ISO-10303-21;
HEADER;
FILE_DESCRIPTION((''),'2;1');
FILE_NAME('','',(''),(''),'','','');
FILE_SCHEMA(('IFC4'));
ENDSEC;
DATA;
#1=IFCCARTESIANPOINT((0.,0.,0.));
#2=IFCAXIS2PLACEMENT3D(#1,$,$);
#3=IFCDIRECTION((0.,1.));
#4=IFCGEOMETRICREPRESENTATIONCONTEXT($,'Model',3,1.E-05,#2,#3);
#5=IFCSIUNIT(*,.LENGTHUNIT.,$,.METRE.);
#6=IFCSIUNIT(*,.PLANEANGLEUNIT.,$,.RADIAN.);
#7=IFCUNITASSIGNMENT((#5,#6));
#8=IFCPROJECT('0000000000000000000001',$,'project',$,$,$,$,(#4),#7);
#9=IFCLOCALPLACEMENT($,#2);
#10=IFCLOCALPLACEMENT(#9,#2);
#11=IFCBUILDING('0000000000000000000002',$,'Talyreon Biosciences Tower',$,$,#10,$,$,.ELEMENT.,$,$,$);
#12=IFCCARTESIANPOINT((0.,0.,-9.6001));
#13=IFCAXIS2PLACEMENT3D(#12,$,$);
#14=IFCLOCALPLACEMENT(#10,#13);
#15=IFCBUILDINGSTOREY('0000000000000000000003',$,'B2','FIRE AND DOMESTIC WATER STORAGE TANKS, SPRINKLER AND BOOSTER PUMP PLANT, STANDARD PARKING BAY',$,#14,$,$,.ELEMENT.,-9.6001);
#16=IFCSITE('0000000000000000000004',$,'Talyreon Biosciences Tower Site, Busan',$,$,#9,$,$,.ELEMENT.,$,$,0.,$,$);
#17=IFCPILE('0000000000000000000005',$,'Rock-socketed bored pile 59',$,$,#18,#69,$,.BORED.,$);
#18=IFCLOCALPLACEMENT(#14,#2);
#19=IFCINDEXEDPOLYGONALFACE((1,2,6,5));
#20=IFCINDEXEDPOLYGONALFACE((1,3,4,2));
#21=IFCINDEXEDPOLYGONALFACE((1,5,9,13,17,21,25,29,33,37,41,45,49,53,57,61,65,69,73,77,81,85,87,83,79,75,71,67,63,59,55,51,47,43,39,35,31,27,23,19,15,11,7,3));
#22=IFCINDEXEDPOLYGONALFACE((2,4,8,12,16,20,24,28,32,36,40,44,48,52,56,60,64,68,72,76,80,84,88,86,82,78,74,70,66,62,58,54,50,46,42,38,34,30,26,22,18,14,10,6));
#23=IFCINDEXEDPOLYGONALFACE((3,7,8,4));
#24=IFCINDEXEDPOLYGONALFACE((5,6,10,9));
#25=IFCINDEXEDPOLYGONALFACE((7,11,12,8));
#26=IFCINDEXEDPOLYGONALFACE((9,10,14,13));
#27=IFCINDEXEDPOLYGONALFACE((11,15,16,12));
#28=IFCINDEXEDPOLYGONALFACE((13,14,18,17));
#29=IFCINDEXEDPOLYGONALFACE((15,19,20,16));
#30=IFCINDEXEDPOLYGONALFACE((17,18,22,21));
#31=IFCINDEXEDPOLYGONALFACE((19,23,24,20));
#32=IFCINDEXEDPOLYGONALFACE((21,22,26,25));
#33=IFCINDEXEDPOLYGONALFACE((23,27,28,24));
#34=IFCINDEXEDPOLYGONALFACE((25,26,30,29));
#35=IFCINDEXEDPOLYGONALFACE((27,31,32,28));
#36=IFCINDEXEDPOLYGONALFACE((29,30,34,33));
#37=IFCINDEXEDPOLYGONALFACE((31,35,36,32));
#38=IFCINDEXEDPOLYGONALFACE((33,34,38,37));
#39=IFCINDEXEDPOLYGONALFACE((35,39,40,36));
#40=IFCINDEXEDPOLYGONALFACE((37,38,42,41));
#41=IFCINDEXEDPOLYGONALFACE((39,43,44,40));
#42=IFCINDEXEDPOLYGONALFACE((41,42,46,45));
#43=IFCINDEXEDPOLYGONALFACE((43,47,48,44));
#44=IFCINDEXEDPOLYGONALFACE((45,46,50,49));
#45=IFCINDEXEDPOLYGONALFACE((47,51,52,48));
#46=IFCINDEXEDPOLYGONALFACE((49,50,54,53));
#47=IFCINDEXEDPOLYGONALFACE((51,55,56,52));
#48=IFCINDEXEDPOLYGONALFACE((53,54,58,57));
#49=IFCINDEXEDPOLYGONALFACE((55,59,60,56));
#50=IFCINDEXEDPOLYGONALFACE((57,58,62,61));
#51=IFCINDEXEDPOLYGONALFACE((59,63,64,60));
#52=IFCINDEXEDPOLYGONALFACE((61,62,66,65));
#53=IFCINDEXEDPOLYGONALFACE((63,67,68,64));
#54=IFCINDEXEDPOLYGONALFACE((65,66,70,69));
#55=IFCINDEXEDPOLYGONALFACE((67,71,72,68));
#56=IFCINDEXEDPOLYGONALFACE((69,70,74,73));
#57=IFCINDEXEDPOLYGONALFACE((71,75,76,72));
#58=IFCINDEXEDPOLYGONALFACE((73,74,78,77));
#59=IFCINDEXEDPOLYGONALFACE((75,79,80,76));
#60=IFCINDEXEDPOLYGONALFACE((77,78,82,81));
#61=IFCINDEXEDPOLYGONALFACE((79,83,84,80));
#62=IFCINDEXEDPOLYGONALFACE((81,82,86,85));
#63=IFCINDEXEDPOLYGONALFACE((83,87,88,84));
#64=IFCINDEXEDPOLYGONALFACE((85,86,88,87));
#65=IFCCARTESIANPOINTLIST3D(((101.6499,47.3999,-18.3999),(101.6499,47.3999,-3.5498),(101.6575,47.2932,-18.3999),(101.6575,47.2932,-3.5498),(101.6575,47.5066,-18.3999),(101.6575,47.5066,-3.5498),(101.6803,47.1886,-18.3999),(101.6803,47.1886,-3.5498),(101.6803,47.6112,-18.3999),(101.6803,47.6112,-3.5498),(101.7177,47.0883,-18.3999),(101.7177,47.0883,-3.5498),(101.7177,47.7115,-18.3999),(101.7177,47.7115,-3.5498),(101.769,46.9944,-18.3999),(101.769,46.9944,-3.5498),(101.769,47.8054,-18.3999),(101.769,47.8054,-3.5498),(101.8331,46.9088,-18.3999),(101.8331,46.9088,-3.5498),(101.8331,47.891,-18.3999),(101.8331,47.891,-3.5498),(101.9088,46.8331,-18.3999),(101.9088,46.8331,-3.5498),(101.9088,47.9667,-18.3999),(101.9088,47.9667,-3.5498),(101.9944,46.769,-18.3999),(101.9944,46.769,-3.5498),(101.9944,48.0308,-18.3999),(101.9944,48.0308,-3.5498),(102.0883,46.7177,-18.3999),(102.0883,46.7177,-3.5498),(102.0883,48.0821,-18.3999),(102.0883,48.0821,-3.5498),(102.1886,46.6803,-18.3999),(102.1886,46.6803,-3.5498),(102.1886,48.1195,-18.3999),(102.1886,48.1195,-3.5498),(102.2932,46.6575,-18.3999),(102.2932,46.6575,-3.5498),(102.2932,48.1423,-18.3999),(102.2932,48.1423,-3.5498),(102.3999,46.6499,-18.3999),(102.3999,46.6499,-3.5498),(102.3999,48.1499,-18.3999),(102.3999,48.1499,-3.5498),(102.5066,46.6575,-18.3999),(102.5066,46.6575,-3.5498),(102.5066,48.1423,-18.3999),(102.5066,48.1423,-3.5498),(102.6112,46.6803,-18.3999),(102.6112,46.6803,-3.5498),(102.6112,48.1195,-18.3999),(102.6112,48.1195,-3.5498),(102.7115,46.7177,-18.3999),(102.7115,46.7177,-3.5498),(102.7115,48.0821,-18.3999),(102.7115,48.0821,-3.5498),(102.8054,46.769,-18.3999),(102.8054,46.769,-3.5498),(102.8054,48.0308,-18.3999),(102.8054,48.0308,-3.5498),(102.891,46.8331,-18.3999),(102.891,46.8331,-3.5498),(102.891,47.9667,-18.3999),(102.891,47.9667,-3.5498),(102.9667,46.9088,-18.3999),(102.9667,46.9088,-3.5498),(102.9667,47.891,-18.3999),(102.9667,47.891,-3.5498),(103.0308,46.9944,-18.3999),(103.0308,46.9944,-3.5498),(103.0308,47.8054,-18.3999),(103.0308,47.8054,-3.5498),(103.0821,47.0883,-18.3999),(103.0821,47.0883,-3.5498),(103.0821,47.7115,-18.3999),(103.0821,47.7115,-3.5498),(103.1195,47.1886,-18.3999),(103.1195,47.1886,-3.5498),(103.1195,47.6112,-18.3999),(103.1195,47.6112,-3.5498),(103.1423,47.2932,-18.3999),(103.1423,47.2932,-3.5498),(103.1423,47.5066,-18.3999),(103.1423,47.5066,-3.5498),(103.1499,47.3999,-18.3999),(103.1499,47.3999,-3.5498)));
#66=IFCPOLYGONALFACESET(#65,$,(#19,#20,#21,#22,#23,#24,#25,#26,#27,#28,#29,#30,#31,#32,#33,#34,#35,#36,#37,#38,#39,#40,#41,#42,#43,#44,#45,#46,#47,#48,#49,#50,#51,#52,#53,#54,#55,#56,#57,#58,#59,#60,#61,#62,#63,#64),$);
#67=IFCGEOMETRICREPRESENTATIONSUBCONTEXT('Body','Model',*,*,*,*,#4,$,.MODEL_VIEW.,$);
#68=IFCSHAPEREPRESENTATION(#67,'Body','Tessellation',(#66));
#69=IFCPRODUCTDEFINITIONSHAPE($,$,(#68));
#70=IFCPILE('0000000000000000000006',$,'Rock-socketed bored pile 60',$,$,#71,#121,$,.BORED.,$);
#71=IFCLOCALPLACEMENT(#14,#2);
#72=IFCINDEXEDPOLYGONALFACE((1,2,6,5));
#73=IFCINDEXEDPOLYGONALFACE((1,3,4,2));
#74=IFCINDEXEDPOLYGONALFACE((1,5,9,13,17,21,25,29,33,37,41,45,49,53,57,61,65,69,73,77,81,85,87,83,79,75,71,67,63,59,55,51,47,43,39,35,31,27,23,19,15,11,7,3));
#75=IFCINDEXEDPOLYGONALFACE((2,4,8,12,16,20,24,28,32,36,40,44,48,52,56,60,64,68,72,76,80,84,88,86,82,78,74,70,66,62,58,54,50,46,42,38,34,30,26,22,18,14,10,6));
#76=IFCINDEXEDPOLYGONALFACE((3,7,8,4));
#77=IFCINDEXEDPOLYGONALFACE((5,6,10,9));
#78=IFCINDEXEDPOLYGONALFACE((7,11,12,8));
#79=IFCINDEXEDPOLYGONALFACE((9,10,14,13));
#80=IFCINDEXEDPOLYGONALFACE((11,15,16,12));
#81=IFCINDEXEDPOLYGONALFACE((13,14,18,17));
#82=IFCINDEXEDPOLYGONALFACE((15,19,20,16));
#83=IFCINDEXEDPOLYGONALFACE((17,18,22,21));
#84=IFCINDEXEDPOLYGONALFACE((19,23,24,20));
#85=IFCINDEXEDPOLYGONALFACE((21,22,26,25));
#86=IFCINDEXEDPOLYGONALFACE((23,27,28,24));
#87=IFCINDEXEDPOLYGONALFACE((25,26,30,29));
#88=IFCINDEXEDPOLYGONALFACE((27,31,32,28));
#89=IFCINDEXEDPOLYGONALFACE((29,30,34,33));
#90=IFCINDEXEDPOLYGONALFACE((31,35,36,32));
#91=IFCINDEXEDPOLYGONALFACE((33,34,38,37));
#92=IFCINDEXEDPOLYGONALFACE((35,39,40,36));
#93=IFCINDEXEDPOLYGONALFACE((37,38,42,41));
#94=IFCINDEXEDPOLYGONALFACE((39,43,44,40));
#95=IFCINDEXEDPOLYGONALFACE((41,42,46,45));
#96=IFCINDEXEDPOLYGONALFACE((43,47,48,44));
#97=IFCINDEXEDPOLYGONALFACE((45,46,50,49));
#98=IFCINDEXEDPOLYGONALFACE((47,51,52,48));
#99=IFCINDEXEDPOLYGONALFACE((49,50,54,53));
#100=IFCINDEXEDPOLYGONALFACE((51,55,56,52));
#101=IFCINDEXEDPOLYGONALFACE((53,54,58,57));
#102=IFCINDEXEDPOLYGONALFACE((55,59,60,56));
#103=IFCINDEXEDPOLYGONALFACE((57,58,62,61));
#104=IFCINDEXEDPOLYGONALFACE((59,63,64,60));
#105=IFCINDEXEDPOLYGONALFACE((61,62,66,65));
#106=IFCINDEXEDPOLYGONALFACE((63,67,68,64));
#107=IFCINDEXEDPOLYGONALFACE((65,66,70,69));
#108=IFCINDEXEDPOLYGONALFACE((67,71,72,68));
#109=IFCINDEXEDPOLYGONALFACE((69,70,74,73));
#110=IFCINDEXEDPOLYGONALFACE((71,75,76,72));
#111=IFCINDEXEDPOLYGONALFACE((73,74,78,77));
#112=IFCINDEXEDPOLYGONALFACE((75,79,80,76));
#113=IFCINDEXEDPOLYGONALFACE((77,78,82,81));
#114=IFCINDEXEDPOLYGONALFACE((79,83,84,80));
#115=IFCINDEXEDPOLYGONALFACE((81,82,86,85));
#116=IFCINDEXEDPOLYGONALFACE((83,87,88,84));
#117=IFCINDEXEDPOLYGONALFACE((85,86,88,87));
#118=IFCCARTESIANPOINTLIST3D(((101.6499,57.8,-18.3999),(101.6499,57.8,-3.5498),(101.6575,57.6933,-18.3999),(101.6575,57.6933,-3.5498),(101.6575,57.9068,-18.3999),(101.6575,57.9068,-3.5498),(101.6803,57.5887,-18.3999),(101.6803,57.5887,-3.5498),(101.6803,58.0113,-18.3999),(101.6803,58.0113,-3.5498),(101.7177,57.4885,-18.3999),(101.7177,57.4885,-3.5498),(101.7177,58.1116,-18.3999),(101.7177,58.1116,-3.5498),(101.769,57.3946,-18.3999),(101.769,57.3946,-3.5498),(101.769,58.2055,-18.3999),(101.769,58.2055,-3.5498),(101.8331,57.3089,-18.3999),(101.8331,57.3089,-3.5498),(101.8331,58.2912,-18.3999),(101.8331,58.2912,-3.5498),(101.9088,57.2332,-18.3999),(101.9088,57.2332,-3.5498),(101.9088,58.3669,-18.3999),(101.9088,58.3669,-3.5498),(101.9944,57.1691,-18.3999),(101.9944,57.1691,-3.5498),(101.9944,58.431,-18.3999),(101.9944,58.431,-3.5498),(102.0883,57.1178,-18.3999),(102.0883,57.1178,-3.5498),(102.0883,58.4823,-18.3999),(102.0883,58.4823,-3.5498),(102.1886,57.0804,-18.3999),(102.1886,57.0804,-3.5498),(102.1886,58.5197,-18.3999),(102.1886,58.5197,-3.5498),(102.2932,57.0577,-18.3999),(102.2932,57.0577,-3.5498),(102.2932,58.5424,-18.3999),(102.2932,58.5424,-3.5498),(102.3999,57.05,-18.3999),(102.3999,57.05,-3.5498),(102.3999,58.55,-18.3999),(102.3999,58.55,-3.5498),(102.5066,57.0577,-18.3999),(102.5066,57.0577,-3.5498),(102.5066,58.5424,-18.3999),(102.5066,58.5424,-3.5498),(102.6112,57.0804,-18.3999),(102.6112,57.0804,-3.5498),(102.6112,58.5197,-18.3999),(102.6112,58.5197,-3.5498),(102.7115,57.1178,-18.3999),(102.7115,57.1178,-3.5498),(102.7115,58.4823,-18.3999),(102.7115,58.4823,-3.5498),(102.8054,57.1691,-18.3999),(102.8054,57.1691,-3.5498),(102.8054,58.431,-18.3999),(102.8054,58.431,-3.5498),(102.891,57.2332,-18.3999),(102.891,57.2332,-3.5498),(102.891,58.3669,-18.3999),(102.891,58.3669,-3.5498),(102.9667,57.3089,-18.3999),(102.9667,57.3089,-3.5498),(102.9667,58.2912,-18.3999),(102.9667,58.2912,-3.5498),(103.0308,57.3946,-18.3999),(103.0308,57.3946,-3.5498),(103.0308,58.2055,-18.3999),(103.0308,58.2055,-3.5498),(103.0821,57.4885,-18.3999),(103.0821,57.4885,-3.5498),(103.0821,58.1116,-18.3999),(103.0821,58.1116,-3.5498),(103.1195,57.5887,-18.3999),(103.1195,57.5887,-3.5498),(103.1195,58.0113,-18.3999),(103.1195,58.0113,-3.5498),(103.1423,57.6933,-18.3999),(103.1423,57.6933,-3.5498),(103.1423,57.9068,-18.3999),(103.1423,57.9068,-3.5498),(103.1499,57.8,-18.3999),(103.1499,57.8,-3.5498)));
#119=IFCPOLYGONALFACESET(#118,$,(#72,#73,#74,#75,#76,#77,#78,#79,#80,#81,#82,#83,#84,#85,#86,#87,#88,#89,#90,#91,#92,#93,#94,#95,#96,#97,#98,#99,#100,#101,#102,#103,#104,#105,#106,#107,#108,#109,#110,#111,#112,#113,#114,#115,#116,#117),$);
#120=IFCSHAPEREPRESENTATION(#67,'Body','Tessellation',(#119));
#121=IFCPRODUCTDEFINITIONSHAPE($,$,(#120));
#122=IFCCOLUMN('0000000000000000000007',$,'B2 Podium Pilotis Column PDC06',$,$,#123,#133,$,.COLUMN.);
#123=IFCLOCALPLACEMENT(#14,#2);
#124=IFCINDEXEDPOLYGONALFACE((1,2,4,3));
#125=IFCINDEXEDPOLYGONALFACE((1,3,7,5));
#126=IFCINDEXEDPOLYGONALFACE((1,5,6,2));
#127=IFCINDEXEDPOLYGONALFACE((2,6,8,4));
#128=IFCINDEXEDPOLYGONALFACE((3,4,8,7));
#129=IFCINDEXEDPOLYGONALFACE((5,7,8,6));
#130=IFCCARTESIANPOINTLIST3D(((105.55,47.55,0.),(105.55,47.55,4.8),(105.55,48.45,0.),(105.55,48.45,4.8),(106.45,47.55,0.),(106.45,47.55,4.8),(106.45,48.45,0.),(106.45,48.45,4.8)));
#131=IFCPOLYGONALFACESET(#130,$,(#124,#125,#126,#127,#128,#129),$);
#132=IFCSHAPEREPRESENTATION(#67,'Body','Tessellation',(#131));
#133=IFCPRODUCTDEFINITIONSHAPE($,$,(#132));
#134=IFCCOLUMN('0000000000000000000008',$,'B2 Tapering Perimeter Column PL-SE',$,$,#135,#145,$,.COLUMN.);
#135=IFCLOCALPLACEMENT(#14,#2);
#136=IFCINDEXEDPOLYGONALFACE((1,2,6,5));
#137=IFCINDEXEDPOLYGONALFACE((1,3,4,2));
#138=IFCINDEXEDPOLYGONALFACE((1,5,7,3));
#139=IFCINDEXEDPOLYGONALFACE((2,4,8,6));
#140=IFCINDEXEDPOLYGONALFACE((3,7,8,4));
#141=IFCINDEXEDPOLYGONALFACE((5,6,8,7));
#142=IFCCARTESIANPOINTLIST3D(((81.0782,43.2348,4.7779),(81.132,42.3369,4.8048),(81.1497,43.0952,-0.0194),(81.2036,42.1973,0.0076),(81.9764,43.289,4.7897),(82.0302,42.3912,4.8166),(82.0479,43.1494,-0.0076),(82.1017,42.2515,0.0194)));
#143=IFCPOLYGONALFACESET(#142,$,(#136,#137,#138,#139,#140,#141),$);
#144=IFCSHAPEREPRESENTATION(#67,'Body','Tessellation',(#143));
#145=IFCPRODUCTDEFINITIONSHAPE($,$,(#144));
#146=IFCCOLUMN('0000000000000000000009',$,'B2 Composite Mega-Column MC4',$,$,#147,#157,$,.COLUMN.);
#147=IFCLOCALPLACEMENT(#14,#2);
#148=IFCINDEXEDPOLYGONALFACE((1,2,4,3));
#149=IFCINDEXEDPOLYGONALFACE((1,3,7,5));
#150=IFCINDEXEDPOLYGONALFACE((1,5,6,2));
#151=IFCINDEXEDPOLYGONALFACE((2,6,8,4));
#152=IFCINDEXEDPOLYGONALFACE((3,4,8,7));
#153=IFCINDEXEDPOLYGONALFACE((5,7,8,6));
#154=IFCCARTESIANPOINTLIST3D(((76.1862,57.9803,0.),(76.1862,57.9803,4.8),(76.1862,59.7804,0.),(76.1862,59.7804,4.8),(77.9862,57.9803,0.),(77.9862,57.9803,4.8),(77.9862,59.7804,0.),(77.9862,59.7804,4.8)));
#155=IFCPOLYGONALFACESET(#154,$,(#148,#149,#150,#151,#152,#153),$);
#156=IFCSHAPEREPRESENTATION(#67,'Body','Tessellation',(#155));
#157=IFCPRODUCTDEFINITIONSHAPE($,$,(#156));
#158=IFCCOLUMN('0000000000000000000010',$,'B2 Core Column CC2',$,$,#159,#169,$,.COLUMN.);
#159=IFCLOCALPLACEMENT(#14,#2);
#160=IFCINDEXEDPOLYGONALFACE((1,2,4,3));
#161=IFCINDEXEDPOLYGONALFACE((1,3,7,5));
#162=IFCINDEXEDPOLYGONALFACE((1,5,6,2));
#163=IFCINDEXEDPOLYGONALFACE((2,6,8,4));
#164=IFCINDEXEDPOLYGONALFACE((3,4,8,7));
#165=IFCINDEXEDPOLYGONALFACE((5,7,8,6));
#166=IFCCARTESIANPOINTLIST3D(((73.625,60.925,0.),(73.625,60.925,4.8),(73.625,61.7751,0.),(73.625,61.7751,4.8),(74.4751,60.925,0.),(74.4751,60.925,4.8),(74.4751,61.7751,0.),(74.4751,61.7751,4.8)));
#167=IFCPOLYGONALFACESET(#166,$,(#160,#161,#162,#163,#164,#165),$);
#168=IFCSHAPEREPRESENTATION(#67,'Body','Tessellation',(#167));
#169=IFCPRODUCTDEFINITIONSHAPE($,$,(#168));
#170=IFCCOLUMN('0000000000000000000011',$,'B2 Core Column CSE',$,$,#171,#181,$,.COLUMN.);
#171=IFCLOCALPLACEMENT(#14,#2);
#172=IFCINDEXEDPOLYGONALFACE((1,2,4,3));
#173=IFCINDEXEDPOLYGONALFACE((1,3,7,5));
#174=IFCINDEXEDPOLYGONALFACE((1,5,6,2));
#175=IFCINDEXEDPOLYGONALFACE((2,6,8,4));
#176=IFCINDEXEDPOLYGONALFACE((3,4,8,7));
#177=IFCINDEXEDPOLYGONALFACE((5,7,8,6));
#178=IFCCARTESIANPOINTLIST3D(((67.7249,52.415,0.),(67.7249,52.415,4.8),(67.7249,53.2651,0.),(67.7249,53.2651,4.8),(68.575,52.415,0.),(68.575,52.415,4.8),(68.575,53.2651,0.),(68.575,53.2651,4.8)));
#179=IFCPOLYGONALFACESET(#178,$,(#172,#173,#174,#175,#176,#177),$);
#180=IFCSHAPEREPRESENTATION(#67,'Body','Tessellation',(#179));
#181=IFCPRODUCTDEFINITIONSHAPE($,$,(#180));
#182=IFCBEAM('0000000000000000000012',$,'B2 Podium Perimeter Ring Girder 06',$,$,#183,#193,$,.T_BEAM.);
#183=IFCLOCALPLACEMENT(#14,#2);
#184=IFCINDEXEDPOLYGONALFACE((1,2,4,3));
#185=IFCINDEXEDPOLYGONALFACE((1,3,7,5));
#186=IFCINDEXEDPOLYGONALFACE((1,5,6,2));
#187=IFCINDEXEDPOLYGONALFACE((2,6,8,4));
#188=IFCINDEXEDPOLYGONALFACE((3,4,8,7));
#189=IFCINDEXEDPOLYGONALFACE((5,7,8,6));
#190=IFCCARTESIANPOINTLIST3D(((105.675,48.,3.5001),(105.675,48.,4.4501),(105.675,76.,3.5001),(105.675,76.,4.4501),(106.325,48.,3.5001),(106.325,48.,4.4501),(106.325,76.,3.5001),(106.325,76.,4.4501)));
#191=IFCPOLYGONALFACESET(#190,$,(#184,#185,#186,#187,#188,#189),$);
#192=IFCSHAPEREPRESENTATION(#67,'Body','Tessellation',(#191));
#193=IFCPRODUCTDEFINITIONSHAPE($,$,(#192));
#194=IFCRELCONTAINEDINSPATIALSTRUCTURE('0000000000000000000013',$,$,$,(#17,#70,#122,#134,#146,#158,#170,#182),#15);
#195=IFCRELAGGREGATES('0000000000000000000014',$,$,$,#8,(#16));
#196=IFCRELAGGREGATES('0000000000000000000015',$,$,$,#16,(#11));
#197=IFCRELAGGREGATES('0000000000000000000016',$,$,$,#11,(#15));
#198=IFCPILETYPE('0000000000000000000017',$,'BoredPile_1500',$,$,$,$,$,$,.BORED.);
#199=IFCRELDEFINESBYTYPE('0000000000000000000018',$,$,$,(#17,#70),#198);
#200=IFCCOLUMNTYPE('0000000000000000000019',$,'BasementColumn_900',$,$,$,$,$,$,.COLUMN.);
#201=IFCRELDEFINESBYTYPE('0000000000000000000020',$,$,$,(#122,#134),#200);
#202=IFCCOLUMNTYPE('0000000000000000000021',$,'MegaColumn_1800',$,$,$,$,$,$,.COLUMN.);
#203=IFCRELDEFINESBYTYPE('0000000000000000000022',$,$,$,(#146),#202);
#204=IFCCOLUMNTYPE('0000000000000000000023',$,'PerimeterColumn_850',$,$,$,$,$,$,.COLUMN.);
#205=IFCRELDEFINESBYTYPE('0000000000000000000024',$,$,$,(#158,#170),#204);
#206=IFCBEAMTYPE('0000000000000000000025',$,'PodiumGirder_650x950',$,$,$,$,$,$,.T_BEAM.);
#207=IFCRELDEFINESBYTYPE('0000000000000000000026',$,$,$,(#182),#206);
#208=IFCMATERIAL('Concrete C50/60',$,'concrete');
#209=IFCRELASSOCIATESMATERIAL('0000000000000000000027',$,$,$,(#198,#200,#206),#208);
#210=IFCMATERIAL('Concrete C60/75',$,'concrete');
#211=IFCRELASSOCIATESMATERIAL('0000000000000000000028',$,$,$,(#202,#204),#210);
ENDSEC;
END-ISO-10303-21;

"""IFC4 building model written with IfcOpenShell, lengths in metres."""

from ifc_helpers import new_model, si_unit, direction, frame, origin, origin_2d, place, context, subcontext, project, spatial, rectangle, circle, extrude, material, material_profile, profile_set, type_object, element, save


model = new_model("IFC4")

# Units and contexts
model_context = context("Model", 3, precision=1e-05, world=origin(), true_north=direction((0.0, 1.0)))
body_context = subcontext(model_context, "Body", "Model", "MODEL_VIEW")
ifc_project = project(units=[si_unit("LENGTHUNIT", "METRE"), si_unit("PLANEANGLEUNIT", "RADIAN")], contexts=[model_context])

# Site, building, storey
site_placement = place(None, origin())
site = spatial("IfcSite", under=ifc_project, at=site_placement, Name="Talyreon Biosciences Tower Site, Busan", CompositionType="ELEMENT", RefElevation=0.0)
building_placement = place(site_placement, origin())
building = spatial("IfcBuilding", under=site, at=building_placement, Name="Talyreon Biosciences Tower", CompositionType="ELEMENT")
storey_placement = place(building_placement, frame((0.0, 0.0, -9.6001)))
storey = spatial("IfcBuildingStorey", under=building, at=storey_placement, Name="B2", Description="FIRE AND DOMESTIC WATER STORAGE TANKS, SPRINKLER AND BOOSTER PUMP PLANT, STANDARD PARKING BAY", CompositionType="ELEMENT", Elevation=-9.6001)

# Piles
ifc_material_1 = material(Name="Concrete C50/60", Category="concrete")
ifc_material_profile_1 = material_profile(ifc_material_1, circle(Radius=0.75, at=origin_2d()), Name="PILE D1500")
ifc_profile_set_1 = profile_set([ifc_material_profile_1], Name="Concrete C50/60")
pile_type = type_object("IfcPileType", Name="BoredPile_1500", PredefinedType="BORED", material=ifc_profile_set_1)
for number, where, z_axis, x_axis, name in (
    (1, (102.3999, 47.3999, -3.5498), (0.0, 0.0, -1.0), (1.0, 0.0, 0.0), "Rock-socketed bored pile 59"),
    (2, (102.3999, 57.8, -3.5498), (0.0, 0.0, -1.0), (1.0, 0.0, 0.0), "Rock-socketed bored pile 60"),
):
    element("IfcPile", number, at=place(storey_placement, frame(where, z_axis=z_axis, x_axis=x_axis)), inside=storey, type_object=pile_type, Name=name, PredefinedType="BORED", context=body_context, shape_type="SweptSolid", body=[
        extrude(circle(Radius=0.75, at=origin_2d()), origin(), (0.0, 0.0, 1.0), 14.8501),
    ])

# Columns
ifc_material_profile_2 = material_profile(ifc_material_1, rectangle(XDim=0.8999, YDim=0.8999, at=origin_2d()), Name="RC 900x900")
ifc_profile_set_2 = profile_set([ifc_material_profile_2], Name="Concrete C50/60")
column_type_1 = type_object("IfcColumnType", Name="BasementColumn_900", PredefinedType="COLUMN", material=ifc_profile_set_2)
column_1_placement = place(storey_placement, frame((106.0, 48.0, 0.0), z_axis=(0.0, 0.0, 1.0), x_axis=(1.0, 0.0, 0.0)))
element("IfcColumn", 3, at=column_1_placement, inside=storey, type_object=column_type_1, Name="B2 Podium Pilotis Column PDC06", PredefinedType="COLUMN", context=body_context, shape_type="SweptSolid", body=[
    extrude(rectangle(XDim=0.8999, YDim=0.8999, at=origin_2d()), origin(), (0.0, 0.0, 1.0), 4.8),
])
column_2_placement = place(storey_placement, frame((81.6257, 42.6733, 0.0), z_axis=(-0.014904, 0.029095, 0.999466), x_axis=(0.059819, -0.99776, 0.029938)))
element("IfcColumn", 4, at=column_2_placement, inside=storey, type_object=column_type_1, Name="B2 Tapering Perimeter Column PL-SE", PredefinedType="COLUMN", context=body_context, shape_type="SweptSolid", body=[
    extrude(rectangle(XDim=0.8999, YDim=0.8999, at=origin_2d()), origin(), (0.0, 0.0, 1.0), 4.7998),
])
ifc_material_2 = material(Name="Concrete C60/75", Category="concrete")
ifc_material_profile_3 = material_profile(ifc_material_2, rectangle(XDim=1.8, YDim=1.8, at=origin_2d()), Name="RC 1800x1800")
ifc_profile_set_3 = profile_set([ifc_material_profile_3], Name="Concrete C60/75")
column_type_2 = type_object("IfcColumnType", Name="MegaColumn_1800", PredefinedType="COLUMN", material=ifc_profile_set_3)
column_3_placement = place(storey_placement, frame((77.0862, 58.8804, 0.0), z_axis=(0.0, 0.0, 1.0), x_axis=(1.0, 0.0, 0.0)))
element("IfcColumn", 5, at=column_3_placement, inside=storey, type_object=column_type_2, Name="B2 Composite Mega-Column MC4", PredefinedType="COLUMN", context=body_context, shape_type="SweptSolid", body=[
    extrude(rectangle(XDim=1.8, YDim=1.8, at=origin_2d()), origin(), (0.0, 0.0, 1.0), 4.8),
])
ifc_material_profile_4 = material_profile(ifc_material_2, rectangle(XDim=0.8501, YDim=0.8501, at=origin_2d()), Name="RC 850x850")
ifc_profile_set_4 = profile_set([ifc_material_profile_4], Name="Concrete C60/75")
column_type_3 = type_object("IfcColumnType", Name="PerimeterColumn_850", PredefinedType="COLUMN", material=ifc_profile_set_4)
for number, where, z_axis, x_axis, name in (
    (6, (74.05, 61.3501, 0.0), (0.0, 0.0, 1.0), (1.0, 0.0, 0.0), "B2 Core Column CC2"),
    (7, (68.1499, 52.8401, 0.0), (0.0, 0.0, 1.0), (1.0, 0.0, 0.0), "B2 Core Column CSE"),
):
    element("IfcColumn", number, at=place(storey_placement, frame(where, z_axis=z_axis, x_axis=x_axis)), inside=storey, type_object=column_type_3, Name=name, PredefinedType="COLUMN", context=body_context, shape_type="SweptSolid", body=[
        extrude(rectangle(XDim=0.8501, YDim=0.8501, at=origin_2d()), origin(), (0.0, 0.0, 1.0), 4.8),
    ])

# Beam
ifc_material_profile_5 = material_profile(ifc_material_1, rectangle(XDim=0.6499, YDim=0.95, at=origin_2d()), Name="RCB 650x950")
ifc_profile_set_5 = profile_set([ifc_material_profile_5], Name="Concrete C50/60")
beam_type_1 = type_object("IfcBeamType", Name="PodiumGirder_650x950", PredefinedType="T_BEAM", material=ifc_profile_set_5)
beam_1_placement = place(storey_placement, frame((106.0, 48.0, 3.9751), z_axis=(0.0, 1.0, 0.0), x_axis=(-1.0, 0.0, 0.0)))
element("IfcBeam", 8, at=beam_1_placement, inside=storey, type_object=beam_type_1, Name="B2 Podium Perimeter Ring Girder 06", PredefinedType="T_BEAM", context=body_context, shape_type="SweptSolid", body=[
    extrude(rectangle(XDim=0.6499, YDim=0.95, at=origin_2d()), origin(), (0.0, 0.0, 1.0), 28.0),
])

save(model, "model.ifc")
